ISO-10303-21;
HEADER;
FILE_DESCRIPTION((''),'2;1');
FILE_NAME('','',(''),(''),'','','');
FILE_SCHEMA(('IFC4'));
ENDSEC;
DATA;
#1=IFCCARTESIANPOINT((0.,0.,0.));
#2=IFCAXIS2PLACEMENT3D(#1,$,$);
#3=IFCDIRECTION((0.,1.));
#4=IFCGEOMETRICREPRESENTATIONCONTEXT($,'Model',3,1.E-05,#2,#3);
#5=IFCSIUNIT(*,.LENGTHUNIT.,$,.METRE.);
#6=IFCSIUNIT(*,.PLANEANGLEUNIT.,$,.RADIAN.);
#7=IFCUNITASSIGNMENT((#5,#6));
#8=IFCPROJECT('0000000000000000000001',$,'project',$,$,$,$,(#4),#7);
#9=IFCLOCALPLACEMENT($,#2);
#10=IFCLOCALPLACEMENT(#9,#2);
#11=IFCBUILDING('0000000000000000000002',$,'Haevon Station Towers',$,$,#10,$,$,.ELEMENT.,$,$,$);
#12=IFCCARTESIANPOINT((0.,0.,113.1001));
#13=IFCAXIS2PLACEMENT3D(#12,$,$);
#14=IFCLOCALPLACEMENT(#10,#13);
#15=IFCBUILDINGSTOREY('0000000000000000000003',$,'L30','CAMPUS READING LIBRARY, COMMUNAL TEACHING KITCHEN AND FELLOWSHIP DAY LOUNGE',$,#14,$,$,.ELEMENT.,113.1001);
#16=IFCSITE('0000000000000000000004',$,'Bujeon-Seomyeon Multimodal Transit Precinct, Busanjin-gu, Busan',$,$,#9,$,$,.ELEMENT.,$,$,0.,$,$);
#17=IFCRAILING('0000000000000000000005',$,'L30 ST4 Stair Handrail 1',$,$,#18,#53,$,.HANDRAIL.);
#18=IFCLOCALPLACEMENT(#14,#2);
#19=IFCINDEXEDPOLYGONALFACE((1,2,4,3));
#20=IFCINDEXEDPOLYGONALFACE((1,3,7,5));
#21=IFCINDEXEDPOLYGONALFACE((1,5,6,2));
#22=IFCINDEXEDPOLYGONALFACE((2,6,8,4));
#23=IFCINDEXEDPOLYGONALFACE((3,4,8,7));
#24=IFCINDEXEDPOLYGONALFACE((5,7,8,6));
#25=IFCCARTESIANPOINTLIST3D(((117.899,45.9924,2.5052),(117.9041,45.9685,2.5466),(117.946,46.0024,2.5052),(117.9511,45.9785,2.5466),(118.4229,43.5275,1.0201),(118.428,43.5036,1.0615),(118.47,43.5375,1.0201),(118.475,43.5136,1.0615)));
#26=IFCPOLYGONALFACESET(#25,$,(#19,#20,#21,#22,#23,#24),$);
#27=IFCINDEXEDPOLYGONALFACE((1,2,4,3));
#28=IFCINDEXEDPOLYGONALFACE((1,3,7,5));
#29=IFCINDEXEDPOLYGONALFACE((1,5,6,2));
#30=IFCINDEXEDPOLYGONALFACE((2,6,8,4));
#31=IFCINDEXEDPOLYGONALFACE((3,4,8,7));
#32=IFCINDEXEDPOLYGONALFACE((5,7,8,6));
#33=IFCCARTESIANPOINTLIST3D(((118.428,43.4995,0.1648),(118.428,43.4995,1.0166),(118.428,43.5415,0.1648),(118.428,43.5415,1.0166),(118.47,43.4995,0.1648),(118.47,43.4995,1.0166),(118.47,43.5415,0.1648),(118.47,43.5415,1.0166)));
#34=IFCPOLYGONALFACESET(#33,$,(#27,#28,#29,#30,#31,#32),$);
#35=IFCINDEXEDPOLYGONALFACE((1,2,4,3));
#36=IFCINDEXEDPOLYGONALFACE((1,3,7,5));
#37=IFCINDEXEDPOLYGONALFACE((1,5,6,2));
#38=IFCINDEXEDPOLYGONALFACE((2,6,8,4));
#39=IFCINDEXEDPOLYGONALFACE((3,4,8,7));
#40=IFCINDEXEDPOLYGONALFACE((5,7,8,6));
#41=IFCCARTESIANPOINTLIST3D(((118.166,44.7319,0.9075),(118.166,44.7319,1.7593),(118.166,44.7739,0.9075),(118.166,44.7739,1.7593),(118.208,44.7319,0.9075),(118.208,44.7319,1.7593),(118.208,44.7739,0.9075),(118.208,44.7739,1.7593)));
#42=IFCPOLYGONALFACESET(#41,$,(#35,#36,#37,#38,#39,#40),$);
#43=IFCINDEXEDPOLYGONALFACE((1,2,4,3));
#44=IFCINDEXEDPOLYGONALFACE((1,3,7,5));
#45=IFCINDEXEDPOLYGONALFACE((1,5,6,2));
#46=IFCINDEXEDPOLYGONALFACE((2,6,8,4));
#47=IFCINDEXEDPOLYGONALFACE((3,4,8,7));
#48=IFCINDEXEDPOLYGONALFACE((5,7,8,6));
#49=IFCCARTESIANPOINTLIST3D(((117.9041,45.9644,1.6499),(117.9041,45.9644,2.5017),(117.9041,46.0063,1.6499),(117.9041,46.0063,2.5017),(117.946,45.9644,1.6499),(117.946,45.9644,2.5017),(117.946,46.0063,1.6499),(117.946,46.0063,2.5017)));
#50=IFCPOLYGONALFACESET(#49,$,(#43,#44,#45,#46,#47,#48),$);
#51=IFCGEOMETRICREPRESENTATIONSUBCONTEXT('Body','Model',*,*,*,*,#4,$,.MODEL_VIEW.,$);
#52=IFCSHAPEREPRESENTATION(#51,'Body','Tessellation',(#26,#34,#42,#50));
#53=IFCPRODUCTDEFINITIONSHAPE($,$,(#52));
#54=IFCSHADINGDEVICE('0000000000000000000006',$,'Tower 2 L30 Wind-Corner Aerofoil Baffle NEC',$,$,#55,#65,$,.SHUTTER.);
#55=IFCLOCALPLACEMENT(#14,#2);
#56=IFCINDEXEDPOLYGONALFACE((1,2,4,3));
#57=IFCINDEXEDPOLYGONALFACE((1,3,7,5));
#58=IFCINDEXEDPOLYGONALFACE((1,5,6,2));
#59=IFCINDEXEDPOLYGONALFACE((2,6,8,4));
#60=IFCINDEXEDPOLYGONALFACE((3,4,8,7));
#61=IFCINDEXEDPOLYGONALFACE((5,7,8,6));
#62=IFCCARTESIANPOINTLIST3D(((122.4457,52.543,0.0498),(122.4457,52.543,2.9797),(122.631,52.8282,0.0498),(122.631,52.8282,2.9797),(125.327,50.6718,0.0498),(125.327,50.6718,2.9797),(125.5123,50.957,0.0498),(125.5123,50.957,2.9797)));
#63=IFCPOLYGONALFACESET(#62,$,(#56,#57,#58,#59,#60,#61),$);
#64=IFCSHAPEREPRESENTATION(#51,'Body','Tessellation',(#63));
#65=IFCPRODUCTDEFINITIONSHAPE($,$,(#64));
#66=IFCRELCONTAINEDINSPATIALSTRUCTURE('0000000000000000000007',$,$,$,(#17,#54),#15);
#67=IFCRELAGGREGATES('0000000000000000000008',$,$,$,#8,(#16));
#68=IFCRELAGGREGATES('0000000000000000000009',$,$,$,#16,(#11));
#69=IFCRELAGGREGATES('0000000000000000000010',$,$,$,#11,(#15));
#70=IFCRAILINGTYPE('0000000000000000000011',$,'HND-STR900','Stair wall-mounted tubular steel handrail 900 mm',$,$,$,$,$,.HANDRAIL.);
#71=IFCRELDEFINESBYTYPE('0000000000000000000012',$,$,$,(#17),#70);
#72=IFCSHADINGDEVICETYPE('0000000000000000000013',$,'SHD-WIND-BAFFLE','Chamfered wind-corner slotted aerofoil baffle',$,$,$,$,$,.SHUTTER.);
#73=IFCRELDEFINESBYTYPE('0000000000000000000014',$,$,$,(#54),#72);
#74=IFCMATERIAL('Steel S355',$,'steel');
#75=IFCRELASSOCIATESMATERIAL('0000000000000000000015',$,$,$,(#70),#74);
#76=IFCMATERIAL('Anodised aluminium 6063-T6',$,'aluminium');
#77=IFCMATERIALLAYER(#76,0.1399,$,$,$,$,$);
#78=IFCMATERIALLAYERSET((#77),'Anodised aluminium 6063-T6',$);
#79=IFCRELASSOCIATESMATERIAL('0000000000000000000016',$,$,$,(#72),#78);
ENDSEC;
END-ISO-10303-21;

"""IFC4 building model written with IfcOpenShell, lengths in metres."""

from ifc_helpers import new_model, si_unit, direction, frame, origin, origin_2d, place, context, subcontext, project, spatial, rectangle, extrude, material, layer, layer_set, type_object, element, save


model = new_model("IFC4")

# Units and contexts
model_context = context("Model", 3, precision=1e-05, world=origin(), true_north=direction((0.0, 1.0)))
body_context = subcontext(model_context, "Body", "Model", "MODEL_VIEW")
ifc_project = project(units=[si_unit("LENGTHUNIT", "METRE"), si_unit("PLANEANGLEUNIT", "RADIAN")], contexts=[model_context])

# Site, building, storey
site_placement = place(None, origin())
site = spatial("IfcSite", under=ifc_project, at=site_placement, Name="Bujeon-Seomyeon Multimodal Transit Precinct, Busanjin-gu, Busan", CompositionType="ELEMENT", RefElevation=0.0)
building_placement = place(site_placement, origin())
building = spatial("IfcBuilding", under=site, at=building_placement, Name="Haevon Station Towers", CompositionType="ELEMENT")
storey_placement = place(building_placement, frame((0.0, 0.0, 113.1001)))
storey = spatial("IfcBuildingStorey", under=building, at=storey_placement, Name="L30", Description="CAMPUS READING LIBRARY, COMMUNAL TEACHING KITCHEN AND FELLOWSHIP DAY LOUNGE", CompositionType="ELEMENT", Elevation=113.1001)

# Shared definitions
ifc_material_1 = material(Name="Steel S355", Category="steel")

# Railing
railing_type_1 = type_object("IfcRailingType", Name="HND-STR900", Description="Stair wall-mounted tubular steel handrail 900 mm", PredefinedType="HANDRAIL", material=ifc_material_1)
railing_1_placement = place(storey_placement, frame((118.449, 43.5205, 0.1648)))
element("IfcRailing", 1, at=railing_1_placement, inside=storey, type_object=railing_type_1, Name="L30 ST4 Stair Handrail 1", PredefinedType="HANDRAIL", context=body_context, shape_type="SweptSolid", body=[
    extrude(rectangle(XDim=0.0481, YDim=0.0481, at=origin_2d()), frame((0.0, 0.0, 0.876), z_axis=(-0.179121, 0.842688, 0.507733), x_axis=(-0.978147, -0.207914, 0.0)), (0.0, 0.0, 1.0), 2.925),
    extrude(rectangle(XDim=0.042, YDim=0.042, at=origin_2d()), origin(), (0.0, 0.0, 1.0), 0.8518),
    extrude(rectangle(XDim=0.042, YDim=0.042, at=origin_2d()), frame((-0.262, 1.2324, 0.7427)), (0.0, 0.0, 1.0), 0.8518),
    extrude(rectangle(XDim=0.042, YDim=0.042, at=origin_2d()), frame((-0.5239, 2.4648, 1.4851)), (0.0, 0.0, 1.0), 0.8518),
])

# Shading device
ifc_material_2 = material(Name="Anodised aluminium 6063-T6", Category="aluminium")
ifc_layer_1 = layer(ifc_material_2, 0.1399)
ifc_layer_set_1 = layer_set([ifc_layer_1], Name="Anodised aluminium 6063-T6")
shading_device_type = type_object("IfcShadingDeviceType", Name="SHD-WIND-BAFFLE", Description="Chamfered wind-corner slotted aerofoil baffle", PredefinedType="SHUTTER", material=ifc_layer_set_1)
shading_device_placement = place(storey_placement, frame((123.979, 51.75, 0.0498), z_axis=(0.0, 0.0, 1.0), x_axis=(0.838671, -0.544639, 0.0)))
element("IfcShadingDevice", 2, at=shading_device_placement, inside=storey, type_object=shading_device_type, Name="Tower 2 L30 Wind-Corner Aerofoil Baffle NEC", PredefinedType="SHUTTER", context=body_context, shape_type="SweptSolid", body=[
    extrude(rectangle(XDim=3.4355, YDim=0.3401, at=origin_2d()), origin(), (0.0, 0.0, 1.0), 2.9299),
])

save(model, "model.ifc")
